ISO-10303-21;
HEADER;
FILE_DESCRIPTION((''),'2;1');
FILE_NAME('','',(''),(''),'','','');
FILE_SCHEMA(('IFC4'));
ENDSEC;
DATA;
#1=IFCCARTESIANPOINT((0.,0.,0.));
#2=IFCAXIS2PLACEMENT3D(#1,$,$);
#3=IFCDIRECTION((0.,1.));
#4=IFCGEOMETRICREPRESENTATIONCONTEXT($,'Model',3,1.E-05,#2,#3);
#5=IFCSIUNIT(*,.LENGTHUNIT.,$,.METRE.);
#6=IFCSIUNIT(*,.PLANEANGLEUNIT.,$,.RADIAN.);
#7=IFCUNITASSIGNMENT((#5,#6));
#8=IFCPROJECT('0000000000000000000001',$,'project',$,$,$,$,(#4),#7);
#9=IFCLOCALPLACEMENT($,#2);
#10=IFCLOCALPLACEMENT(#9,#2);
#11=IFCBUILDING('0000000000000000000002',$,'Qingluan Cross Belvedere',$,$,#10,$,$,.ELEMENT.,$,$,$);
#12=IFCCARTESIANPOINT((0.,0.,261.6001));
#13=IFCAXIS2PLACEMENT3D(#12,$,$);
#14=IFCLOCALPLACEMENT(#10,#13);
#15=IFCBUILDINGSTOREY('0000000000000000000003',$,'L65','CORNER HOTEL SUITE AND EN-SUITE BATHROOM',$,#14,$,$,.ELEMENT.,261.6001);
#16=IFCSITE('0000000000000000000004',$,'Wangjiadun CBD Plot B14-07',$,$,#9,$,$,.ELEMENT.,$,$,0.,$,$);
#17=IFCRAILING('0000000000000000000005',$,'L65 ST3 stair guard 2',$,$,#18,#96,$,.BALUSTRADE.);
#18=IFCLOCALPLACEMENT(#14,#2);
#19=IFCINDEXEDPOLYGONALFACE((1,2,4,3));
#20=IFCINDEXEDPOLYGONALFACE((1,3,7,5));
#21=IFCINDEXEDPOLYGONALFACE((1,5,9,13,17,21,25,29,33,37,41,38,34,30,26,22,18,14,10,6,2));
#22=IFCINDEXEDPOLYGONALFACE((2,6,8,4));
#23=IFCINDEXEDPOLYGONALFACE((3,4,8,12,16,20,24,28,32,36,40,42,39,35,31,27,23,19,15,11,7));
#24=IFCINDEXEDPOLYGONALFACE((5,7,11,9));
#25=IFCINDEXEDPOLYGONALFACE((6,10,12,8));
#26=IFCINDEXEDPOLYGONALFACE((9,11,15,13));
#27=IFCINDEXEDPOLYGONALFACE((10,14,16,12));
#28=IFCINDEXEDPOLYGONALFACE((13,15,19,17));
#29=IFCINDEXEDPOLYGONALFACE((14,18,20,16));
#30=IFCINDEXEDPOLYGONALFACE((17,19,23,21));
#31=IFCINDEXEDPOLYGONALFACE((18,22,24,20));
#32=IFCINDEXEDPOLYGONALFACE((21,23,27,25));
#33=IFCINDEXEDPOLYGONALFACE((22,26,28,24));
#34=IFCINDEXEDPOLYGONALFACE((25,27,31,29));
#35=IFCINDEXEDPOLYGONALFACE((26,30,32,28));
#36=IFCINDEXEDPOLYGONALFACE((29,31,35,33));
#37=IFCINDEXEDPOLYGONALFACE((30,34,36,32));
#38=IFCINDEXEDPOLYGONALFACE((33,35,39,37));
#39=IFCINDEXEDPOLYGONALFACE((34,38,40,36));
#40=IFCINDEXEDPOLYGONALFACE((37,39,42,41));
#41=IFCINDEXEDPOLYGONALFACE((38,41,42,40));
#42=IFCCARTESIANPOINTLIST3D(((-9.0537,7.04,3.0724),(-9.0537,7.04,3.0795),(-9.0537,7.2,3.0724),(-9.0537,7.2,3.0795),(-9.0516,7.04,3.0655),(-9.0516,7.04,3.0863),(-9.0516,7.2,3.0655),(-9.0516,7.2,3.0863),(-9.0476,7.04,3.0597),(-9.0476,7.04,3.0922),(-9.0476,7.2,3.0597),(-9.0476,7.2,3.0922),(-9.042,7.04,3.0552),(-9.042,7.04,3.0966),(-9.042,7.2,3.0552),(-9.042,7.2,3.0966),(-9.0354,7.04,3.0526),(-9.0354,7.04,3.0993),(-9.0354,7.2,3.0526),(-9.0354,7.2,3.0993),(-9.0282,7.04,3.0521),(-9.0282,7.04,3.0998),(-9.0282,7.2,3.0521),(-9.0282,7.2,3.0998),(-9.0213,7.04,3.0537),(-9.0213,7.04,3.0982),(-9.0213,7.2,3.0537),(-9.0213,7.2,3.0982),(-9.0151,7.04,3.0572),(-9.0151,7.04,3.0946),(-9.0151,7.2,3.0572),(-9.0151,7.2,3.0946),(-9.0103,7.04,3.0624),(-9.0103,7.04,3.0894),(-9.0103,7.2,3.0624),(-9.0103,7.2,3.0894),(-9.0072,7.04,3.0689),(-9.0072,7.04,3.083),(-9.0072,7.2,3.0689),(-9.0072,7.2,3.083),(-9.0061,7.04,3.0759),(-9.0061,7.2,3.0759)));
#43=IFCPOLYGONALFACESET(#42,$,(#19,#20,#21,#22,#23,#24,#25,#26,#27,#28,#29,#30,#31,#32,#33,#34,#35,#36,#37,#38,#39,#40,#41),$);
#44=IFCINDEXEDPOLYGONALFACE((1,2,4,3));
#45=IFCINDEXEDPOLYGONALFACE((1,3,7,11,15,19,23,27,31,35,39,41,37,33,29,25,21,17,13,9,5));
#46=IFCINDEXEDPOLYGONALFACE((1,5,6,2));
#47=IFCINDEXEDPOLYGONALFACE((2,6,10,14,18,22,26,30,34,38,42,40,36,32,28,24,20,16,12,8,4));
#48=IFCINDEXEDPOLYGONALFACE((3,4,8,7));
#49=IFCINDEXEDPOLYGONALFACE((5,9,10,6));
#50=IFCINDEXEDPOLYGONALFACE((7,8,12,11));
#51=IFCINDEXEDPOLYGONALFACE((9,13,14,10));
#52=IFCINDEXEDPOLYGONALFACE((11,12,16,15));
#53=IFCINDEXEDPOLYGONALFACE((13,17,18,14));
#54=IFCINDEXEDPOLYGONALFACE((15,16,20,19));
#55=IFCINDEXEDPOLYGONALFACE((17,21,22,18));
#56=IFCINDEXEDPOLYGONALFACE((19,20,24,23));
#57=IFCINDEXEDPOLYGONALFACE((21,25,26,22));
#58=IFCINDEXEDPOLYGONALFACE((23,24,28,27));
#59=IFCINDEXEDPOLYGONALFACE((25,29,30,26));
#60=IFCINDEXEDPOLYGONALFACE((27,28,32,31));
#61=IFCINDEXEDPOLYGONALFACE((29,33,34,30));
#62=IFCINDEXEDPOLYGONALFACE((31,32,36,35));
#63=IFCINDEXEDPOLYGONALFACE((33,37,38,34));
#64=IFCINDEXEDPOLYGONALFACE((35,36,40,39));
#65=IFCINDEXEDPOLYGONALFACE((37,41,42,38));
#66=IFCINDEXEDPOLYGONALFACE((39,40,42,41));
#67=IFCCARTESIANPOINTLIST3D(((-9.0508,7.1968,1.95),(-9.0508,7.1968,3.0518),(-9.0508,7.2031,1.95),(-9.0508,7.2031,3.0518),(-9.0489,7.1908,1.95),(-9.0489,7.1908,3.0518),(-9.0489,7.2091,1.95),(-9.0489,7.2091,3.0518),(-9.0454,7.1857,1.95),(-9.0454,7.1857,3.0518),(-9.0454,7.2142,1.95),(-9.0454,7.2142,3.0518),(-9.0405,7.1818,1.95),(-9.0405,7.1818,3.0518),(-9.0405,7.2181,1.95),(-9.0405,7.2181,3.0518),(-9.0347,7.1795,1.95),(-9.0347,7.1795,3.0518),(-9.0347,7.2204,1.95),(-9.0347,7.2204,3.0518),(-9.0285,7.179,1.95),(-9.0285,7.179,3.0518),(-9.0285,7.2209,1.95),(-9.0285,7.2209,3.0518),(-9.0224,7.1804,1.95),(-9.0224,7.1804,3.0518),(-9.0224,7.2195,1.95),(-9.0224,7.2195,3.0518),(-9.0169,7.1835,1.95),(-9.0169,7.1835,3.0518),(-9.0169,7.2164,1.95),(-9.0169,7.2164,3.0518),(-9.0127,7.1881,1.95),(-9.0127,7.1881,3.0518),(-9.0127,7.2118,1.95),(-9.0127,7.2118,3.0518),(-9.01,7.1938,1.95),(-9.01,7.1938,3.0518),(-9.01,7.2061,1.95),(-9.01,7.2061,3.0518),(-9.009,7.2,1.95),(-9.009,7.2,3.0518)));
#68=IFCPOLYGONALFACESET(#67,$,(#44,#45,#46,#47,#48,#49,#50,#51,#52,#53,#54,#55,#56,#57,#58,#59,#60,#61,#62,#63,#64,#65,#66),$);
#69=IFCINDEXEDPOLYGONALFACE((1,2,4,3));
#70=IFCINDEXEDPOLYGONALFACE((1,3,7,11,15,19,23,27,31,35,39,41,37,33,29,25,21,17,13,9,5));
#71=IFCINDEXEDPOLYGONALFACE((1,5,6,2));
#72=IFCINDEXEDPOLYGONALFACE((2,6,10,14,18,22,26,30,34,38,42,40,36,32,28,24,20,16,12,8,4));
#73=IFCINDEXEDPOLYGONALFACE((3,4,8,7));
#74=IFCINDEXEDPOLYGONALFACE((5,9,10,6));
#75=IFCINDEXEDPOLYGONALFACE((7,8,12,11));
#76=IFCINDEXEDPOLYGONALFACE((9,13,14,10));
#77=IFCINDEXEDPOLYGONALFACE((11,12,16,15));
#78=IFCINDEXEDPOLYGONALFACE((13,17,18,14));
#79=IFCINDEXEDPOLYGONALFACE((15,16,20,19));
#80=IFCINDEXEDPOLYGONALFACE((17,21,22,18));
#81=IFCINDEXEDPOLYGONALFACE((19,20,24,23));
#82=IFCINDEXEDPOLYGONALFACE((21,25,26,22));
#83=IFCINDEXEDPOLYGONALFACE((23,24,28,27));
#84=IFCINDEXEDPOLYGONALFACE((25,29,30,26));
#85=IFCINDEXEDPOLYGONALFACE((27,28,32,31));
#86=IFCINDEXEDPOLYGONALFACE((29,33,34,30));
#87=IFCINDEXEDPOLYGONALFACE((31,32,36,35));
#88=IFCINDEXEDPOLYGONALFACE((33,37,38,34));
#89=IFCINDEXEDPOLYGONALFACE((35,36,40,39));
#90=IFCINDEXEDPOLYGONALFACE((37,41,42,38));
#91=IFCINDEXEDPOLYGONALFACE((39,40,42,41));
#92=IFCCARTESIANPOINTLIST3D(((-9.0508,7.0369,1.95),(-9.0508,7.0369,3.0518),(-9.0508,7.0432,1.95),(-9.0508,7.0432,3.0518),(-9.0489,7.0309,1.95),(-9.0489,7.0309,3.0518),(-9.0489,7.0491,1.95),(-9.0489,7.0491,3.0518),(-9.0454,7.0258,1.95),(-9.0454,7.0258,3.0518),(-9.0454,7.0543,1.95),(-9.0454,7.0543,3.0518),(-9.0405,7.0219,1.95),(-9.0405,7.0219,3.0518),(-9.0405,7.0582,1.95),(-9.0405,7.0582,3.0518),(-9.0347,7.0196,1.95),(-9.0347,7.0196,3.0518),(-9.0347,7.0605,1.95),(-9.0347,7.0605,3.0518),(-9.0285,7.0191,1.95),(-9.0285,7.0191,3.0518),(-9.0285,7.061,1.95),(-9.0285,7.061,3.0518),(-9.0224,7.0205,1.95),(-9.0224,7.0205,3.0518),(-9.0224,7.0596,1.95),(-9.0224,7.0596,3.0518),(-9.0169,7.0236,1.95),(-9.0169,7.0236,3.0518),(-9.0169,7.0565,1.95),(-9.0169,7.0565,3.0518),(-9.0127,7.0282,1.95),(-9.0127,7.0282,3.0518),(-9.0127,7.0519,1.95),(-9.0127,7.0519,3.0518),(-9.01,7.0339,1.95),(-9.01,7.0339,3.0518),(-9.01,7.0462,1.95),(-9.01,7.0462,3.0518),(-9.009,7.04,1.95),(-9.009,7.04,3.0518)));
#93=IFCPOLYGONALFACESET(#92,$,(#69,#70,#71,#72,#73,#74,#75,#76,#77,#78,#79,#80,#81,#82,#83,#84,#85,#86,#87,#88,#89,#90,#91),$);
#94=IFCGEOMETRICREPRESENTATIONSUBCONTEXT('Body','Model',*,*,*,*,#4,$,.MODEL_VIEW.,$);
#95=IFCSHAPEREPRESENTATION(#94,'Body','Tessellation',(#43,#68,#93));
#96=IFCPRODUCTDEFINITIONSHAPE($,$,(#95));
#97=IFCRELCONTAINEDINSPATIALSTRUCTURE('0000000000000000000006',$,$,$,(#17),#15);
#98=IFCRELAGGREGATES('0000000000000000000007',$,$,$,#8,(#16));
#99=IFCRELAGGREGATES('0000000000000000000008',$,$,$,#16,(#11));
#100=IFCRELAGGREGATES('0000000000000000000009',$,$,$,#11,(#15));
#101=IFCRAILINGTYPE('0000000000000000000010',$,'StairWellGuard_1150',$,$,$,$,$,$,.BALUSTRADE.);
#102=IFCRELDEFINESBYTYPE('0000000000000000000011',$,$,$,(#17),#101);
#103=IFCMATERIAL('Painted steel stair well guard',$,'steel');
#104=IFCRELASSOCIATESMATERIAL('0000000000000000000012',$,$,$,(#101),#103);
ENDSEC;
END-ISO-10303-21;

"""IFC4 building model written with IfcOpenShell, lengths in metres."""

from ifc_helpers import new_model, si_unit, direction, frame, origin, origin_2d, place, context, subcontext, project, spatial, circle, extrude, material, type_object, element, save


model = new_model("IFC4")

# Units and contexts
model_context = context("Model", 3, precision=1e-05, world=origin(), true_north=direction((0.0, 1.0)))
body_context = subcontext(model_context, "Body", "Model", "MODEL_VIEW")
ifc_project = project(units=[si_unit("LENGTHUNIT", "METRE"), si_unit("PLANEANGLEUNIT", "RADIAN")], contexts=[model_context])

# Site, building, storey
site_placement = place(None, origin())
site = spatial("IfcSite", under=ifc_project, at=site_placement, Name="Wangjiadun CBD Plot B14-07", CompositionType="ELEMENT", RefElevation=0.0)
building_placement = place(site_placement, origin())
building = spatial("IfcBuilding", under=site, at=building_placement, Name="Qingluan Cross Belvedere", CompositionType="ELEMENT")
storey_placement = place(building_placement, frame((0.0, 0.0, 261.6001)))
storey = spatial("IfcBuildingStorey", under=building, at=storey_placement, Name="L65", Description="CORNER HOTEL SUITE AND EN-SUITE BATHROOM", CompositionType="ELEMENT", Elevation=261.6001)

# Railing
ifc_material_1 = material(Name="Painted steel stair well guard", Category="steel")
railing_type_1 = type_object("IfcRailingType", Name="StairWellGuard_1150", PredefinedType="BALUSTRADE", material=ifc_material_1)
railing_1_placement = place(storey_placement, frame((-9.03, 7.2, 1.95)))
element("IfcRailing", 1, at=railing_1_placement, inside=storey, type_object=railing_type_1, Name="L65 ST3 stair guard 2", PredefinedType="BALUSTRADE", context=body_context, shape_type="SweptSolid", body=[
    extrude(circle(Radius=0.0239, at=origin_2d()), frame((0.0, 0.0, 1.126), z_axis=(0.0, -1.0, 0.0), x_axis=(1.0, 0.0, 0.0)), (0.0, 0.0, 1.0), 0.1599),
    extrude(circle(Radius=0.021, at=origin_2d()), origin(), (0.0, 0.0, 1.0), 1.1018),
    extrude(circle(Radius=0.021, at=origin_2d()), frame((0.0, -0.1599, 0.0)), (0.0, 0.0, 1.0), 1.1018),
])

save(model, "model.ifc")
